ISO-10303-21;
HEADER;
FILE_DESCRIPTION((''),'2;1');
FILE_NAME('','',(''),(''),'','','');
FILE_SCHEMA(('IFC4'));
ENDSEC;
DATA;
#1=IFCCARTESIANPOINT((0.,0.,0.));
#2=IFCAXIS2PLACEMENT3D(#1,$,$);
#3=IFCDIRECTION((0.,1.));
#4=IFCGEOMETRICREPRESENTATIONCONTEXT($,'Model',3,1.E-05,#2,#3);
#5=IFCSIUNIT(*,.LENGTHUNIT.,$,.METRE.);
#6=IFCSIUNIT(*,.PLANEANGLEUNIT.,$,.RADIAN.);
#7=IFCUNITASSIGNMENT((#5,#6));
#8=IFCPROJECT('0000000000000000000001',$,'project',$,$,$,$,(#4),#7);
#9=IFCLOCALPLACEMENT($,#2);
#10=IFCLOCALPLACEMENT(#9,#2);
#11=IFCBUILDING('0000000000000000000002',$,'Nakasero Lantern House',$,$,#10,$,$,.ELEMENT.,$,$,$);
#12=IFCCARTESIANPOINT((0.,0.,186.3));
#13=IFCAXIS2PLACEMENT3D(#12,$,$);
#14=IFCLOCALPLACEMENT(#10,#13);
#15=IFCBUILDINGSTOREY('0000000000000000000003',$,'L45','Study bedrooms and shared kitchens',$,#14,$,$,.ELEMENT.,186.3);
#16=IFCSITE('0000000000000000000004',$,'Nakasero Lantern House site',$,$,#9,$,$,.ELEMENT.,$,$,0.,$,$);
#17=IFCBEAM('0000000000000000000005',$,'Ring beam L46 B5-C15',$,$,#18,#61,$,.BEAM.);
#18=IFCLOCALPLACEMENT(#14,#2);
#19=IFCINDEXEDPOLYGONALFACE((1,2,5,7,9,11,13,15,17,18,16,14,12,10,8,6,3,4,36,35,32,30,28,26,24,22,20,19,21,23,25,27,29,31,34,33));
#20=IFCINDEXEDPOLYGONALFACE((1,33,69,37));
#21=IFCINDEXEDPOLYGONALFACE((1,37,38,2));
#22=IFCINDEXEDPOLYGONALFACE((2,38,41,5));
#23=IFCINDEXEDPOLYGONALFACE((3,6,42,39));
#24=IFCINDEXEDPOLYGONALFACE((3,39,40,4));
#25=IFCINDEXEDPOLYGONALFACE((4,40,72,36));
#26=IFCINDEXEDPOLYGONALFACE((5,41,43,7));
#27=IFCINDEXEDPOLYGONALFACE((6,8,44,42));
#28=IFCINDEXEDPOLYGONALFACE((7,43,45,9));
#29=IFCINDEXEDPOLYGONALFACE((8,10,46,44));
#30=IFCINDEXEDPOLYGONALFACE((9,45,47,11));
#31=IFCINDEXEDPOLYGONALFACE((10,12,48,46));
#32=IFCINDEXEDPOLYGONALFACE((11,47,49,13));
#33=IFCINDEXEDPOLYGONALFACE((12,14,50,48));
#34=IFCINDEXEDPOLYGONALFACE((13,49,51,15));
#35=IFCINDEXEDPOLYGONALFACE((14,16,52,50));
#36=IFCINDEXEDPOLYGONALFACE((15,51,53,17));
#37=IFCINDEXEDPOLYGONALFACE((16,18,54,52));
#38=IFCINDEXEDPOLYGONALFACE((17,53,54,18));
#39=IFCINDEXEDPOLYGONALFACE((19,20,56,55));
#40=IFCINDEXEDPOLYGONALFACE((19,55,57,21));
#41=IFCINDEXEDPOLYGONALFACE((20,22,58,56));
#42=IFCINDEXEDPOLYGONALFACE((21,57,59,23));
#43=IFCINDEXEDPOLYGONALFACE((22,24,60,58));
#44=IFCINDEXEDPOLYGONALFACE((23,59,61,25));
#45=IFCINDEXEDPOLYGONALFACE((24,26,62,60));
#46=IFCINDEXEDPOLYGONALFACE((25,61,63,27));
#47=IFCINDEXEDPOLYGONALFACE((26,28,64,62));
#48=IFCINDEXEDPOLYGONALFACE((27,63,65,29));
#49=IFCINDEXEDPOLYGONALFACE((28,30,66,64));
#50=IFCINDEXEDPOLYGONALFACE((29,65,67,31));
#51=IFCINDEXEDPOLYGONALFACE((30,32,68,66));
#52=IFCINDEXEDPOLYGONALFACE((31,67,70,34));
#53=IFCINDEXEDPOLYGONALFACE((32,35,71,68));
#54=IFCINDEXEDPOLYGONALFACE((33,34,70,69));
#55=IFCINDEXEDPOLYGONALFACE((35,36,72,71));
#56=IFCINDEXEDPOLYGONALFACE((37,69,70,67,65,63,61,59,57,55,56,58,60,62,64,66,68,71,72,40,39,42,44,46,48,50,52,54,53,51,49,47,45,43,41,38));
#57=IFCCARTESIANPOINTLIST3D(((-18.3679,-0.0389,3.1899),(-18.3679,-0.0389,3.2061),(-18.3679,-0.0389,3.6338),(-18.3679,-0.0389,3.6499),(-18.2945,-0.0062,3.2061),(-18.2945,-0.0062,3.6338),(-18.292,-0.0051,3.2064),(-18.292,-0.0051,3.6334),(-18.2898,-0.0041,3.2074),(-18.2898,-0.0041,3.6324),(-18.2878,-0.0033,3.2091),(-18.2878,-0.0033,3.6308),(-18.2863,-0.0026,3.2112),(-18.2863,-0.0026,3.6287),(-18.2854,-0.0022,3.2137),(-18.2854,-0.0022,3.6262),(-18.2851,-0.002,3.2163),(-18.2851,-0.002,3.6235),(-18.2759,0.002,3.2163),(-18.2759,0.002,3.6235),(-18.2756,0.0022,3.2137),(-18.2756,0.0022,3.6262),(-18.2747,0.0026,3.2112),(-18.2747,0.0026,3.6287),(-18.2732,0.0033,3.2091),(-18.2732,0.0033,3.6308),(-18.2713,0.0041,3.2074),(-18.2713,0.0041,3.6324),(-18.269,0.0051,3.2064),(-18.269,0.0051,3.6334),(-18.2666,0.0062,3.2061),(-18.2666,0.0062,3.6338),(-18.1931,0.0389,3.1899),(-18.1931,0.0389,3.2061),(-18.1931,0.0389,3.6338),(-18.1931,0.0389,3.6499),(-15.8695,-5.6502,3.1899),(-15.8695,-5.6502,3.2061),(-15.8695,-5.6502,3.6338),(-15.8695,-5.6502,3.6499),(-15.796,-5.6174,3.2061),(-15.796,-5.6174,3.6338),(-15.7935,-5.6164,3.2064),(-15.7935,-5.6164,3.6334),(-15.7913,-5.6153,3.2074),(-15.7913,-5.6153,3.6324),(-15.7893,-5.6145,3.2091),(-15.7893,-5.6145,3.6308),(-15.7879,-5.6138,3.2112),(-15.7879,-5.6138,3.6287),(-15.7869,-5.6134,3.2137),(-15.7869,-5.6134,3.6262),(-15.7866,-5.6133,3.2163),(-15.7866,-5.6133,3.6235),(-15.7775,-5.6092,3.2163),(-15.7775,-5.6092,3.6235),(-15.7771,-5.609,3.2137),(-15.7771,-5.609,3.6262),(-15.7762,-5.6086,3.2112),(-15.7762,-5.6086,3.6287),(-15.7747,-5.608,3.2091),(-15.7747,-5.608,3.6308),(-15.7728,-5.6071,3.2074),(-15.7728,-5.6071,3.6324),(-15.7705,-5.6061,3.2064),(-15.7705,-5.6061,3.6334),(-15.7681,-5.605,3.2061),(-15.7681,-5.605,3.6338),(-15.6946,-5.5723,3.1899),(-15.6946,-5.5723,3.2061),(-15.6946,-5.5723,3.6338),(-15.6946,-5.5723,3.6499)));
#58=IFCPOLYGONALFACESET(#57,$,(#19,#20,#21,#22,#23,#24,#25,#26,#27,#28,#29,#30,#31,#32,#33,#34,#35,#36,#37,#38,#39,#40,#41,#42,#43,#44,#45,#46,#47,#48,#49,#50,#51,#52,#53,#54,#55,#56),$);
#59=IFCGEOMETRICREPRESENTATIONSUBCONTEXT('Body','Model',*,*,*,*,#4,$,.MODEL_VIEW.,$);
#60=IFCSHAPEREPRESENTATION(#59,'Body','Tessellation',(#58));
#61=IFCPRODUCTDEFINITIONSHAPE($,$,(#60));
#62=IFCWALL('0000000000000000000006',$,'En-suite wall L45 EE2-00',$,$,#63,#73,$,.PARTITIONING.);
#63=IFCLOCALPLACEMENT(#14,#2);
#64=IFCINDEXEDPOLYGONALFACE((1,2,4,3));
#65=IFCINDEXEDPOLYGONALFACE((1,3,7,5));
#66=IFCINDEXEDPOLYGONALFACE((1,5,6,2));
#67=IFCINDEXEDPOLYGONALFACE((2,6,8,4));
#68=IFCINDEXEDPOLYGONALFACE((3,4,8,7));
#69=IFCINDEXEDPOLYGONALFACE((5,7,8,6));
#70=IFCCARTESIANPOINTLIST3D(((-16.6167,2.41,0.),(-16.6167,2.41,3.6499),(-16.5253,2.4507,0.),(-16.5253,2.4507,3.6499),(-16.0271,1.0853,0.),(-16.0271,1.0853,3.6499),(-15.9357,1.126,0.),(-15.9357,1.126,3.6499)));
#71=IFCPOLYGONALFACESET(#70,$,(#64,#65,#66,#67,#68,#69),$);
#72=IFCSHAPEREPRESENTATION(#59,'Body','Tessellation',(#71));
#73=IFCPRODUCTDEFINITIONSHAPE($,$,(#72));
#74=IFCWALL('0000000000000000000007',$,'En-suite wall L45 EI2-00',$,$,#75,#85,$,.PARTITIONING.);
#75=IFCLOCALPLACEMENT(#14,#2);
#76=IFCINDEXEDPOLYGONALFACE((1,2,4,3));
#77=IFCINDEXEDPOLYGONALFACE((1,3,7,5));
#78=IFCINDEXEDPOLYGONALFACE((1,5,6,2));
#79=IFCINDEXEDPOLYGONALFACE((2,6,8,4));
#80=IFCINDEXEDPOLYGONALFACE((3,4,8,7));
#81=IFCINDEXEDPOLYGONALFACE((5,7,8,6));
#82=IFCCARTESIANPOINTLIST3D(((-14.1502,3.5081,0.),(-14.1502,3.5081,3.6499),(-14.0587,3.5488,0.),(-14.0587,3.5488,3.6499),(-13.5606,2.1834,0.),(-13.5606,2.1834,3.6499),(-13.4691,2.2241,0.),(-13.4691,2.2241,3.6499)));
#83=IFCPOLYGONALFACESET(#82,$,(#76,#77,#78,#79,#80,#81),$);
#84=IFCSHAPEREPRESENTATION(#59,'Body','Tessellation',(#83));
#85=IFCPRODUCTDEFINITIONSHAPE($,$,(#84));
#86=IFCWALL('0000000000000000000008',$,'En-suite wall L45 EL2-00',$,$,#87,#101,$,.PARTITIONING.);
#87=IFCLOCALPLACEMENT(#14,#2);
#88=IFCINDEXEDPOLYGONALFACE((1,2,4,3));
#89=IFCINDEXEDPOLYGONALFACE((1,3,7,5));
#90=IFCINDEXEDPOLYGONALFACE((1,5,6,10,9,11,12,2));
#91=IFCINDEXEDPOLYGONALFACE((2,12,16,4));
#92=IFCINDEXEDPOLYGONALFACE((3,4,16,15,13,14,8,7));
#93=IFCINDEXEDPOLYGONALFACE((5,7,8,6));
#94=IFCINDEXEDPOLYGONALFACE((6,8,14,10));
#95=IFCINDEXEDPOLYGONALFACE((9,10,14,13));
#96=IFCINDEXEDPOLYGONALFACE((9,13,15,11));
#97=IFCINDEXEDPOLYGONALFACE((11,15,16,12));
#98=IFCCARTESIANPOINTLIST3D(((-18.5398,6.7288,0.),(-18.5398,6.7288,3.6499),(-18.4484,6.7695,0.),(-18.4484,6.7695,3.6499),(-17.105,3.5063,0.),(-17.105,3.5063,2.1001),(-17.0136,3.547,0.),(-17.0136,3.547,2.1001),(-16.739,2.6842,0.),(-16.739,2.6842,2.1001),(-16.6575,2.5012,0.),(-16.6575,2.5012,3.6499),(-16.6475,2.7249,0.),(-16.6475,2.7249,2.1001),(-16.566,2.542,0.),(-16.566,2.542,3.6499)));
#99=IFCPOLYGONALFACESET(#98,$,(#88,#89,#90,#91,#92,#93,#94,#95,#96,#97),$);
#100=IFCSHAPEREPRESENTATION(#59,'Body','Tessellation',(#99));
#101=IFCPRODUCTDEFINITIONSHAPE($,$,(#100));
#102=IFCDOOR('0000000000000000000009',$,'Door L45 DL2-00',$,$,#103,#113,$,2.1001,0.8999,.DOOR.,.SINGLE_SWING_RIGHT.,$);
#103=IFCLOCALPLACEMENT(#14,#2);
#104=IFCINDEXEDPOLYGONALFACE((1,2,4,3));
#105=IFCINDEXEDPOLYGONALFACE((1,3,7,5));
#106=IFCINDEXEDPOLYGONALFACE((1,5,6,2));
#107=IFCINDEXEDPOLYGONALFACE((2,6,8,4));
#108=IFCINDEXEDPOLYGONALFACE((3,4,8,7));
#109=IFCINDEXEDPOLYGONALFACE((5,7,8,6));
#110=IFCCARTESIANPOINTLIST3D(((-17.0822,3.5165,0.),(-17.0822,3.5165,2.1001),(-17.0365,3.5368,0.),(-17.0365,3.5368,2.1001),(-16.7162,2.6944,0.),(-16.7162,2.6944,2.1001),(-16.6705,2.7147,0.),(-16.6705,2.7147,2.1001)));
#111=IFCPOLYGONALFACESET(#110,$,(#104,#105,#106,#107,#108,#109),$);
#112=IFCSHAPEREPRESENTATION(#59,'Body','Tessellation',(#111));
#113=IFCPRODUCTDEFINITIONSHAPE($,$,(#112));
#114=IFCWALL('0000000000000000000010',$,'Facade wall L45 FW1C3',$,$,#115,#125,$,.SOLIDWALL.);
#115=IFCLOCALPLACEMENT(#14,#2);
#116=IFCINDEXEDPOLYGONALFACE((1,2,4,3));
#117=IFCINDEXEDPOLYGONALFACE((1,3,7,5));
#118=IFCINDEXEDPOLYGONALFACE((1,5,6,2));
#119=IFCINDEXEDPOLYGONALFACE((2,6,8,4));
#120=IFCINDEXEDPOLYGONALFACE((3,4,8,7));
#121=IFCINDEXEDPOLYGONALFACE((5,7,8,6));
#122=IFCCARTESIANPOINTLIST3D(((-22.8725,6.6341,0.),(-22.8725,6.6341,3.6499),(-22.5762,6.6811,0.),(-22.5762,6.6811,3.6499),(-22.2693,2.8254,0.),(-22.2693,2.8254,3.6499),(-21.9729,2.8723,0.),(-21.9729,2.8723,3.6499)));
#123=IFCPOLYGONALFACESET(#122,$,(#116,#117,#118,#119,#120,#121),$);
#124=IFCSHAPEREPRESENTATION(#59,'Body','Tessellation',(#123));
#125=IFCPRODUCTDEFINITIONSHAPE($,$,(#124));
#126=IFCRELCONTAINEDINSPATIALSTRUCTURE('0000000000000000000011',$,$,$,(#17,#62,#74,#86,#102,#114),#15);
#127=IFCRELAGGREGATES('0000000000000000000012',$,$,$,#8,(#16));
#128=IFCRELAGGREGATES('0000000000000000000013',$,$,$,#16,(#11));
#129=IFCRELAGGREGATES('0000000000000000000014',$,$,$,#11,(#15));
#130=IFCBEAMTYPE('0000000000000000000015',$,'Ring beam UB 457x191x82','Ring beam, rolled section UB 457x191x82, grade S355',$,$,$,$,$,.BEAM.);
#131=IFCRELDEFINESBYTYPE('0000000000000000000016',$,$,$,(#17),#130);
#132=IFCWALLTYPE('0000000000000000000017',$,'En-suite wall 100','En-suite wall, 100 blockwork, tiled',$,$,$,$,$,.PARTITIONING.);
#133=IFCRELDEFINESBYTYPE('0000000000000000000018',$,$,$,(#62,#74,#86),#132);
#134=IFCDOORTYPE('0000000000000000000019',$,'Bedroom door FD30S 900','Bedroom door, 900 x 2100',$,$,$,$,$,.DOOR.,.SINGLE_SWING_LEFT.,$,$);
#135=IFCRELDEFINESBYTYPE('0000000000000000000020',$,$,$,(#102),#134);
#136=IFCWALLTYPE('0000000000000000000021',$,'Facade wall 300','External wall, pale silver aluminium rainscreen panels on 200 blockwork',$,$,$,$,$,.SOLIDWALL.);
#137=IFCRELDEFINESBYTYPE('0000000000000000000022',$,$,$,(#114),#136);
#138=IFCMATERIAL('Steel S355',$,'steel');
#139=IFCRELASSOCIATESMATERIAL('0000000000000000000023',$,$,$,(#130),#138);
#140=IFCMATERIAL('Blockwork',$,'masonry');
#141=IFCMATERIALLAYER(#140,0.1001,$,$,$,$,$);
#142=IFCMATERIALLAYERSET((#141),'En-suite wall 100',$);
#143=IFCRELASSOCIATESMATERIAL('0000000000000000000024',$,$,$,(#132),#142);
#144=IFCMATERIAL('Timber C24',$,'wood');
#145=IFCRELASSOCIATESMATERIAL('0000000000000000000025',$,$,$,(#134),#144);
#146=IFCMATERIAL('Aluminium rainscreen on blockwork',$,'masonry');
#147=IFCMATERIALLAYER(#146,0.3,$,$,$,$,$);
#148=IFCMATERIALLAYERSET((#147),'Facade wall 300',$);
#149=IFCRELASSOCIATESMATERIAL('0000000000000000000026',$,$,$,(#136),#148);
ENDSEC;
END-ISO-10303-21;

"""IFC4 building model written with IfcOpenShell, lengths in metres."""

from ifc_helpers import new_model, si_unit, direction, frame, frame_2d, origin, origin_2d, place, context, subcontext, project, spatial, rectangle, i_section, extrude, material, layer, layer_set, material_profile, profile_set, type_object, element, fill, save


model = new_model("IFC4")

# Units and contexts
model_context = context("Model", 3, precision=1e-05, world=origin(), true_north=direction((0.0, 1.0)))
body_context = subcontext(model_context, "Body", "Model", "MODEL_VIEW")
ifc_project = project(units=[si_unit("LENGTHUNIT", "METRE"), si_unit("PLANEANGLEUNIT", "RADIAN")], contexts=[model_context])

# Site, building, storey
site_placement = place(None, origin())
site = spatial("IfcSite", under=ifc_project, at=site_placement, Name="Nakasero Lantern House site", CompositionType="ELEMENT", RefElevation=0.0)
building_placement = place(site_placement, origin())
building = spatial("IfcBuilding", under=site, at=building_placement, Name="Nakasero Lantern House", CompositionType="ELEMENT")
storey_placement = place(building_placement, frame((0.0, 0.0, 186.3)))
storey = spatial("IfcBuildingStorey", under=building, at=storey_placement, Name="L45", Description="Study bedrooms and shared kitchens", CompositionType="ELEMENT", Elevation=186.3)

# Beam
ifc_material_1 = material(Name="Steel S355", Category="steel")
ifc_material_profile_1 = material_profile(ifc_material_1, i_section(OverallWidth=0.1914, OverallDepth=0.46, WebThickness=0.01, FlangeThickness=0.0161, FilletRadius=0.0103, at=origin_2d()), Name="UB 457x191x82")
ifc_profile_set_1 = profile_set([ifc_material_profile_1], Name="Steel S355")
beam_type_1 = type_object("IfcBeamType", Name="Ring beam UB 457x191x82", Description="Ring beam, rolled section UB 457x191x82, grade S355", PredefinedType="BEAM", material=ifc_profile_set_1)
beam_1_placement = place(storey_placement, frame((-18.2805, 0.0, 3.4199), z_axis=(0.406765, -0.913533, 0.0), x_axis=(0.913533, 0.406765, 0.0)))
element("IfcBeam", 1, at=beam_1_placement, inside=storey, type_object=beam_type_1, Name="Ring beam L46 B5-C15", PredefinedType="BEAM", context=body_context, shape_type="SweptSolid", body=[
    extrude(i_section(OverallWidth=0.1914, OverallDepth=0.46, WebThickness=0.01, FlangeThickness=0.0161, FilletRadius=0.0103, at=origin_2d()), origin(), (0.0, 0.0, 1.0), 6.1423),
])

# Walls
ifc_material_2 = material(Name="Blockwork", Category="masonry")
ifc_layer_1 = layer(ifc_material_2, 0.1001)
ifc_layer_set_1 = layer_set([ifc_layer_1], Name="En-suite wall 100")
wall_type_1 = type_object("IfcWallType", Name="En-suite wall 100", Description="En-suite wall, 100 blockwork, tiled", PredefinedType="PARTITIONING", material=ifc_layer_set_1)
for number, where, z_axis, x_axis, name in (
    (2, (-16.571, 2.4304, 0.0), (0.0, 0.0, 1.0), (0.406623, -0.913596, 0.0), "En-suite wall L45 EE2-00"),
    (3, (-14.1045, 3.5286, 0.0), (0.0, 0.0, 1.0), (0.406623, -0.913596, 0.0), "En-suite wall L45 EI2-00"),
):
    element("IfcWall", number, at=place(storey_placement, frame(where, z_axis=z_axis, x_axis=x_axis)), inside=storey, type_object=wall_type_1, Name=name, PredefinedType="PARTITIONING", context=body_context, shape_type="SweptSolid", body=[
        extrude(rectangle(XDim=1.45, YDim=0.1001, at=frame_2d((0.7251, 0.0))), origin(), (0.0, 0.0, 1.0), 3.6499),
    ])

# Wall, opening, door
wall_1_placement = place(storey_placement, frame((-18.4941, 6.7493, 0.0), z_axis=(0.0, 0.0, 1.0), x_axis=(0.406755, -0.913537, 0.0)))
wall_1 = element("IfcWall", 4, at=wall_1_placement, inside=storey, type_object=wall_type_1, Name="En-suite wall L45 EL2-00", PredefinedType="PARTITIONING", context=body_context, shape_type="SweptSolid", body=[
    extrude(rectangle(XDim=4.6277, YDim=0.1001, at=frame_2d((2.314, 0.0))), origin(), (0.0, 0.0, 1.0), 3.6499),
])
opening_1_placement = place(wall_1_placement, frame((3.5276, 0.0, 0.0)))
opening_1 = element("IfcOpeningElement", 5, at=opening_1_placement, cuts=wall_1, PredefinedType="OPENING", context=body_context, shape_type="SweptSolid", body=[
    extrude(rectangle(XDim=0.8999, YDim=2.1001, at=frame_2d((0.45, 1.05))), frame((0.0, 0.0701, 0.0), z_axis=(0.0, -1.0, 0.0), x_axis=(1.0, 0.0, 0.0)), (0.0, 0.0, 1.0), 0.1401),
])
ifc_material_3 = material(Name="Timber C24", Category="wood")
door_type_1 = type_object("IfcDoorType", Name="Bedroom door FD30S 900", Description="Bedroom door, 900 x 2100", OperationType="SINGLE_SWING_LEFT", PredefinedType="DOOR", material=ifc_material_3)
door_1_placement = place(opening_1_placement, origin())
door_1 = element("IfcDoor", 6, at=door_1_placement, inside=storey, type_object=door_type_1, Name="Door L45 DL2-00", OperationType="SINGLE_SWING_RIGHT", OverallHeight=2.1001, OverallWidth=0.8999, PredefinedType="DOOR", context=body_context, shape_type="SweptSolid", body=[
    extrude(rectangle(XDim=0.8999, YDim=2.1001, at=frame_2d((0.45, 1.05))), frame((0.0, 0.0249, 0.0), z_axis=(0.0, -1.0, 0.0), x_axis=(1.0, 0.0, 0.0)), (0.0, 0.0, 1.0), 0.05),
])
fill(opening_1, door_1)

# Wall
ifc_material_4 = material(Name="Aluminium rainscreen on blockwork", Category="masonry")
ifc_layer_2 = layer(ifc_material_4, 0.3)
ifc_layer_set_2 = layer_set([ifc_layer_2], Name="Facade wall 300")
wall_type_2 = type_object("IfcWallType", Name="Facade wall 300", Description="External wall, pale silver aluminium rainscreen panels on 200 blockwork", PredefinedType="SOLIDWALL", material=ifc_layer_set_2)
wall_2_placement = place(storey_placement, frame((-22.7244, 6.6577, 0.0), z_axis=(0.0, 0.0, 1.0), x_axis=(0.156437, -0.987688, 0.0)))
element("IfcWall", 7, at=wall_2_placement, inside=storey, type_object=wall_type_2, Name="Facade wall L45 FW1C3", PredefinedType="SOLIDWALL", context=body_context, shape_type="SweptSolid", body=[
    extrude(rectangle(XDim=3.8562, YDim=0.3, at=frame_2d((1.9282, 0.0))), origin(), (0.0, 0.0, 1.0), 3.6499),
])

save(model, "model.ifc")
